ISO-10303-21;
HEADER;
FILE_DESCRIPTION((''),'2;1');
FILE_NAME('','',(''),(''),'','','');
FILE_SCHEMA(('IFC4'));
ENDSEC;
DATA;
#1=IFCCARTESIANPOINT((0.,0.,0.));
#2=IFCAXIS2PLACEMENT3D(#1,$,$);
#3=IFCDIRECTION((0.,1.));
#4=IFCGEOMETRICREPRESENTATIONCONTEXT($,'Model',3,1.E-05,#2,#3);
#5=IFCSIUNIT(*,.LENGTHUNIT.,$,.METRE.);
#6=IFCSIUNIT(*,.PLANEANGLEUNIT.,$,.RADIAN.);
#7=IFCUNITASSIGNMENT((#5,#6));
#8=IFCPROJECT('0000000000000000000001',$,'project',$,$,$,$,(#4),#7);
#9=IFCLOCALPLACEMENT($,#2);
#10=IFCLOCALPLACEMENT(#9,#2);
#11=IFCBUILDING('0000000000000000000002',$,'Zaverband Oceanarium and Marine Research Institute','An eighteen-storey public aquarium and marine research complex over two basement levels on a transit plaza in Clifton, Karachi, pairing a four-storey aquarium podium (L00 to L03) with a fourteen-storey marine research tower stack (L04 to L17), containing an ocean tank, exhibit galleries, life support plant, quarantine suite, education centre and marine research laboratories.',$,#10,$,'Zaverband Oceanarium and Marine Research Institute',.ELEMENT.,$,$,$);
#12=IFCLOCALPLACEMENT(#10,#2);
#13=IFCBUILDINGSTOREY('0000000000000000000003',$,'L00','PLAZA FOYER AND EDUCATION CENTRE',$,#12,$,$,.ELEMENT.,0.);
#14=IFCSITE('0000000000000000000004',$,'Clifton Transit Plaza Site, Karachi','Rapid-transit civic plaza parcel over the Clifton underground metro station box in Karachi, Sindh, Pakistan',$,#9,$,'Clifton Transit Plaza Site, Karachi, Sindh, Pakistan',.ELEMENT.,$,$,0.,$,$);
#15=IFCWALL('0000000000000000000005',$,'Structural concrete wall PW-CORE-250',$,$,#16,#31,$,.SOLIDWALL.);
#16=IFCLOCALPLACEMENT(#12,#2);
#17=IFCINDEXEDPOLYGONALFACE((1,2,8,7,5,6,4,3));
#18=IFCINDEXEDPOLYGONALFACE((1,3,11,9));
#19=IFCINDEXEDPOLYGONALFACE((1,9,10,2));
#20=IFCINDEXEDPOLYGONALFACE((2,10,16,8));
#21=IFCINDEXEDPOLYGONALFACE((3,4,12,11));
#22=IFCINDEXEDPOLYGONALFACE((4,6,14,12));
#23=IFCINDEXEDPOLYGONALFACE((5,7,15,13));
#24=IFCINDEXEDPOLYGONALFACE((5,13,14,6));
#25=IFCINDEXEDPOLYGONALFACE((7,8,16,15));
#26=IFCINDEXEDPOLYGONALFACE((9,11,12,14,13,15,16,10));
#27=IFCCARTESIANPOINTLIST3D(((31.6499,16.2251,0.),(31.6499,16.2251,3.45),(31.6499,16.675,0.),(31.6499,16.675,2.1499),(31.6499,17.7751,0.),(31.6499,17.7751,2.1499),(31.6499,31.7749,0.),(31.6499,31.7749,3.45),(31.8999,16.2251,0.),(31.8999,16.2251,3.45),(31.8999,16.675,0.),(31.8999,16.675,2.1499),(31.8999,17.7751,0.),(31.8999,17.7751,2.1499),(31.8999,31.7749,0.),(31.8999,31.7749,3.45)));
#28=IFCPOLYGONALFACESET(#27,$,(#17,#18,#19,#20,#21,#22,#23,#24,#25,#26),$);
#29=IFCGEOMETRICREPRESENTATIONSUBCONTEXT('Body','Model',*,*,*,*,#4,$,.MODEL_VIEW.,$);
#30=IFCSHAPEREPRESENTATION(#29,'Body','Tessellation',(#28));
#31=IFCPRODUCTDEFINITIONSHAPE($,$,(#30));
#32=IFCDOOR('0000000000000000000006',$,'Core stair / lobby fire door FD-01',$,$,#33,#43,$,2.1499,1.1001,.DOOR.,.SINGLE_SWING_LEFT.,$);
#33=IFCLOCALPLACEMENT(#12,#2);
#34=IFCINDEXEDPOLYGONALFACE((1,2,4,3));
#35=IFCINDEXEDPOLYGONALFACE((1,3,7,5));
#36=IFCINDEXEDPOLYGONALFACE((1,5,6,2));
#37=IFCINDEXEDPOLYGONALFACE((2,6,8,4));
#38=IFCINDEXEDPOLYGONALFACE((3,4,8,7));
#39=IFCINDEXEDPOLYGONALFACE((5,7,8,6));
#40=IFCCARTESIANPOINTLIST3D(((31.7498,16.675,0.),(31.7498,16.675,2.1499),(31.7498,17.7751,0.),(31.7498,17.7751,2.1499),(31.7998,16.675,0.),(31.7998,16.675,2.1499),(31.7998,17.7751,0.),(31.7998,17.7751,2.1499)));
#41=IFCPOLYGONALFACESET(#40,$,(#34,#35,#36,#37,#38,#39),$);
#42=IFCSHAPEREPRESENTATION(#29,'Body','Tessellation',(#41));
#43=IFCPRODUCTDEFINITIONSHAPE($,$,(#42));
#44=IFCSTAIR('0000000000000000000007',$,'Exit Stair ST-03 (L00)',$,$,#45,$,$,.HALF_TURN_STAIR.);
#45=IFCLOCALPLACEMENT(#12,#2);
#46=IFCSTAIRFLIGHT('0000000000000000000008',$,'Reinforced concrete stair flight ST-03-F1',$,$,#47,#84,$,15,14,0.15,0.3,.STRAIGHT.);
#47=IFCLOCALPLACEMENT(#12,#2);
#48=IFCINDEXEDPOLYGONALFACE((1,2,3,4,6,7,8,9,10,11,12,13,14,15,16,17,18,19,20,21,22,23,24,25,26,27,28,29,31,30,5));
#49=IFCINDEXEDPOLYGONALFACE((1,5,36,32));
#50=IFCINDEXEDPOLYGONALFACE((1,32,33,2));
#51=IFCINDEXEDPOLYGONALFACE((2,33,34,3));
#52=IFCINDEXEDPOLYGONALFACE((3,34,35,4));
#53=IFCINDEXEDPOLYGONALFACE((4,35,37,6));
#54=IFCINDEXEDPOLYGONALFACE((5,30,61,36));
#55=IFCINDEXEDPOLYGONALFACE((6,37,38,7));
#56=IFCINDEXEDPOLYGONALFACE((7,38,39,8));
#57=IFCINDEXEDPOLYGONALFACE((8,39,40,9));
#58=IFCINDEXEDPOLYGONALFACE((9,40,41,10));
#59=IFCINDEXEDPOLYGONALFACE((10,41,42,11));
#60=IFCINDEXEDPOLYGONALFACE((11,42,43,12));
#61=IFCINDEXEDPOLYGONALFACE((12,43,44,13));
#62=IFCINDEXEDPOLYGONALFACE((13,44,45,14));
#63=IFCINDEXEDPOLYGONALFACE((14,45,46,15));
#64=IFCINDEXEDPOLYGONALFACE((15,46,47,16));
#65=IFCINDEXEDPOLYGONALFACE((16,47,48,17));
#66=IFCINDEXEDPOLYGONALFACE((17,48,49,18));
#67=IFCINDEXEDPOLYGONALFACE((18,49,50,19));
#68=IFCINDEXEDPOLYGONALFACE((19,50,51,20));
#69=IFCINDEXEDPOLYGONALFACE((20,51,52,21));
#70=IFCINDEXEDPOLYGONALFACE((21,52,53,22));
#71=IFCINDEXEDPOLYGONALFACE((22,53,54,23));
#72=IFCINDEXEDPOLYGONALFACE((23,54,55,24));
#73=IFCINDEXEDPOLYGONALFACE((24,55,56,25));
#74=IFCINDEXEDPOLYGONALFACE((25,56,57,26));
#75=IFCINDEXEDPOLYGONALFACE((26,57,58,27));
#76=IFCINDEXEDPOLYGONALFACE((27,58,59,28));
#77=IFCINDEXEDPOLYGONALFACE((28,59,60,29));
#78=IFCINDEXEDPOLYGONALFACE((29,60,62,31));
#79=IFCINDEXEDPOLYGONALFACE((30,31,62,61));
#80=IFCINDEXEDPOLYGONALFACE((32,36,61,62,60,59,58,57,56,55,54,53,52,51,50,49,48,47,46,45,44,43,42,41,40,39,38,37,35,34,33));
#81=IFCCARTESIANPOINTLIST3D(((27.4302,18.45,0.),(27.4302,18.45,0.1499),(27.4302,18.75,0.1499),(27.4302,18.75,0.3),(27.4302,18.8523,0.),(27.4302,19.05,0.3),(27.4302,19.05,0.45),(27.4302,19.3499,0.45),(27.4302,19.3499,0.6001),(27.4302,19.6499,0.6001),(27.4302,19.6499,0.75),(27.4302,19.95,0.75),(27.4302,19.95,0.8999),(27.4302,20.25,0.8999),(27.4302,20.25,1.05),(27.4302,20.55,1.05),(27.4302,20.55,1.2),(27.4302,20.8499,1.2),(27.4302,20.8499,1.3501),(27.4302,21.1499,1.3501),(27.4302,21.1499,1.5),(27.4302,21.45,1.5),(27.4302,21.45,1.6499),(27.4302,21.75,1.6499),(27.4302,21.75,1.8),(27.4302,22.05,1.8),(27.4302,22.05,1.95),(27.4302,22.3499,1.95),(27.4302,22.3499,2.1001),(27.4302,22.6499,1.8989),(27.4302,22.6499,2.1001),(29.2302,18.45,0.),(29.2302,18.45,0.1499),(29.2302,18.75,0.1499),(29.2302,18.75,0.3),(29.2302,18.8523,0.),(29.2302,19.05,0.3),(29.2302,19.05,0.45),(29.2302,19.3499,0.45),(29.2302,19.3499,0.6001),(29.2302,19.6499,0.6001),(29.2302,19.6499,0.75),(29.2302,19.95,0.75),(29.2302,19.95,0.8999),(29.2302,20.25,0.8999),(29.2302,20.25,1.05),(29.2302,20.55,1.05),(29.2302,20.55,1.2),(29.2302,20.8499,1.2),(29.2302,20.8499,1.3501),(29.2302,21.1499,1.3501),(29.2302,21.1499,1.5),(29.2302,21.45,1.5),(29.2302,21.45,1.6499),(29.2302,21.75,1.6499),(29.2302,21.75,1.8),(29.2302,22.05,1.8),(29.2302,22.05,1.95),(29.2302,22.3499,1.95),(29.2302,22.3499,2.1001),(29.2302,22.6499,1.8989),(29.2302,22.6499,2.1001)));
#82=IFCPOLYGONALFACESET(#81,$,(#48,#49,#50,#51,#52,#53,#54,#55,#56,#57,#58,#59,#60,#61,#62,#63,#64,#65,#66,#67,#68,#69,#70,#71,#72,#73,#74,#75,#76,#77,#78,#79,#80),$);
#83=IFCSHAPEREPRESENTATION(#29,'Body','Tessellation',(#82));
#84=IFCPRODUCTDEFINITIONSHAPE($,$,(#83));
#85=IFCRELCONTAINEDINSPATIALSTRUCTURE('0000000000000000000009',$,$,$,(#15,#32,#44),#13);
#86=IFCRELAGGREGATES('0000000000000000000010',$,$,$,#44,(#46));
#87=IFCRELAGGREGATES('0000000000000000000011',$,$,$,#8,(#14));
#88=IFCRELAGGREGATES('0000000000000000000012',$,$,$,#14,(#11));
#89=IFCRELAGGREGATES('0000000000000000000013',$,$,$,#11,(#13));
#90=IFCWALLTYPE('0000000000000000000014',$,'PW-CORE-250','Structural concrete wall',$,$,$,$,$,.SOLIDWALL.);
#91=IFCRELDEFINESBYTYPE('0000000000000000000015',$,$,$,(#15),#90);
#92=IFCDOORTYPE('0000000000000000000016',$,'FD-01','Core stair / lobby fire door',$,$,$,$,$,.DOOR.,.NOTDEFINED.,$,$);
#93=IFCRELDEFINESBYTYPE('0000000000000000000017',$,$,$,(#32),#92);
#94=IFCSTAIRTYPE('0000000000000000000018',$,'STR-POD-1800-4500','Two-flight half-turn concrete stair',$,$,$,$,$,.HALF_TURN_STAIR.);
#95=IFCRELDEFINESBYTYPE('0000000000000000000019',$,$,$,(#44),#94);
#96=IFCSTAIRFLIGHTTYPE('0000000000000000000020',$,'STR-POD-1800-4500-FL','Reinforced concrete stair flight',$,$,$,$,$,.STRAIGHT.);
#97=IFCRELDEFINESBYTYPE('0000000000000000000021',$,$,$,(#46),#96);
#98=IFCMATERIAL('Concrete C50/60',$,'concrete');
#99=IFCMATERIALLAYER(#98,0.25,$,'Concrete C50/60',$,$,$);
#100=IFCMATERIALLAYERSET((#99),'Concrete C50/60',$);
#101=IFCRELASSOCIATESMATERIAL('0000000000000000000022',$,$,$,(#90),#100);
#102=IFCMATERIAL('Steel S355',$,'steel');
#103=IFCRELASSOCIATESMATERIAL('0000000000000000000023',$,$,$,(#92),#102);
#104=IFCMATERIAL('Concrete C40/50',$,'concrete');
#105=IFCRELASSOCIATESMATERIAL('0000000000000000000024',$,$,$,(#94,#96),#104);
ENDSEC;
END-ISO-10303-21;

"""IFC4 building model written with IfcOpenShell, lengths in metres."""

from ifc_helpers import new_model, si_unit, direction, frame, frame_2d, origin, place, context, subcontext, project, spatial, polyline, rectangle, outline, extrude, material, layer, layer_set, type_object, element, fill, aggregate, save


model = new_model("IFC4")

# Units and contexts
model_context = context("Model", 3, precision=1e-05, world=origin(), true_north=direction((0.0, 1.0)))
body_context = subcontext(model_context, "Body", "Model", "MODEL_VIEW")
ifc_project = project(units=[si_unit("LENGTHUNIT", "METRE"), si_unit("PLANEANGLEUNIT", "RADIAN")], contexts=[model_context])

# Site, building, storey
site_placement = place(None, origin())
site = spatial("IfcSite", under=ifc_project, at=site_placement, Name="Clifton Transit Plaza Site, Karachi", Description="Rapid-transit civic plaza parcel over the Clifton underground metro station box in Karachi, Sindh, Pakistan", LongName="Clifton Transit Plaza Site, Karachi, Sindh, Pakistan", CompositionType="ELEMENT", RefElevation=0.0)
building_placement = place(site_placement, origin())
building = spatial("IfcBuilding", under=site, at=building_placement, Name="Zaverband Oceanarium and Marine Research Institute", Description="An eighteen-storey public aquarium and marine research complex over two basement levels on a transit plaza in Clifton, Karachi, pairing a four-storey aquarium podium (L00 to L03) with a fourteen-storey marine research tower stack (L04 to L17), containing an ocean tank, exhibit galleries, life support plant, quarantine suite, education centre and marine research laboratories.", LongName="Zaverband Oceanarium and Marine Research Institute", CompositionType="ELEMENT")
storey_placement = place(building_placement, origin())
storey = spatial("IfcBuildingStorey", under=building, at=storey_placement, Name="L00", Description="PLAZA FOYER AND EDUCATION CENTRE", CompositionType="ELEMENT", Elevation=0.0)

# Shared definitions
ifc_material_1 = material(Name="Concrete C50/60", Category="concrete")

# Shared definitions
ifc_material_2 = material(Name="Concrete C40/50", Category="concrete")

# Shared definitions
ifc_material_3 = material(Name="Steel S355", Category="steel")

# Wall, opening, door
ifc_layer_1 = layer(ifc_material_1, 0.25, Name="Concrete C50/60")
ifc_layer_set_1 = layer_set([ifc_layer_1], Name="Concrete C50/60")
wall_type_1 = type_object("IfcWallType", Name="PW-CORE-250", Description="Structural concrete wall", PredefinedType="SOLIDWALL", material=ifc_layer_set_1)
wall_1_placement = place(storey_placement, frame((31.7749, 16.2251, 0.0), z_axis=(0.0, 0.0, 1.0), x_axis=(0.0, 1.0, 0.0)))
wall_1 = element("IfcWall", 1, at=wall_1_placement, inside=storey, type_object=wall_type_1, Name="Structural concrete wall PW-CORE-250", PredefinedType="SOLIDWALL", context=body_context, shape_type="SweptSolid", body=[
    extrude(rectangle(XDim=15.5498, YDim=0.25, at=frame_2d((7.7749, 0.0))), origin(), (0.0, 0.0, 1.0), 3.45),
])
opening_1_placement = place(wall_1_placement, frame((0.45, 0.0, 0.0)))
opening_1 = element("IfcOpeningElement", 2, at=opening_1_placement, cuts=wall_1, PredefinedType="OPENING", context=body_context, shape_type="SweptSolid", body=[
    extrude(rectangle(XDim=1.1001, YDim=2.1499, at=frame_2d((0.55, 1.075))), frame((0.0, 0.137, 0.0), z_axis=(0.0, -1.0, 0.0), x_axis=(1.0, 0.0, 0.0)), (0.0, 0.0, 1.0), 0.2739),
])
door_type_1 = type_object("IfcDoorType", Name="FD-01", Description="Core stair / lobby fire door", OperationType="NOTDEFINED", PredefinedType="DOOR", material=ifc_material_3)
door_1_placement = place(opening_1_placement, frame((1.1001, 0.0, 0.0), z_axis=(0.0, 0.0, 1.0), x_axis=(-1.0, 0.0, 0.0)))
door_1 = element("IfcDoor", 3, at=door_1_placement, inside=storey, type_object=door_type_1, Name="Core stair / lobby fire door FD-01", OperationType="SINGLE_SWING_LEFT", OverallHeight=2.1499, OverallWidth=1.1001, PredefinedType="DOOR", context=body_context, shape_type="SweptSolid", body=[
    extrude(rectangle(XDim=1.1001, YDim=2.1499, at=frame_2d((0.55, 1.075))), frame((0.0, 0.0249, 0.0), z_axis=(0.0, -1.0, 0.0), x_axis=(1.0, 0.0, 0.0)), (0.0, 0.0, 1.0), 0.05),
])
fill(opening_1, door_1)

# Stair, stair flight
stair_type = type_object("IfcStairType", Name="STR-POD-1800-4500", Description="Two-flight half-turn concrete stair", PredefinedType="HALF_TURN_STAIR", material=ifc_material_2)
stair_placement = place(storey_placement, origin())
stair = element("IfcStair", 4, at=stair_placement, inside=storey, type_object=stair_type, Name="Exit Stair ST-03 (L00)", PredefinedType="HALF_TURN_STAIR")
stair_flight_type = type_object("IfcStairFlightType", Name="STR-POD-1800-4500-FL", Description="Reinforced concrete stair flight", PredefinedType="STRAIGHT", material=ifc_material_2)
stair_flight_placement = place(storey_placement, frame((28.3301, 18.45, 0.0), z_axis=(0.0, 0.0, 1.0), x_axis=(0.0, 1.0, 0.0)))
stair_flight = element("IfcStairFlight", 5, at=stair_flight_placement, type_object=stair_flight_type, Name="Reinforced concrete stair flight ST-03-F1", NumberOfRisers=15, NumberOfTreads=14, PredefinedType="STRAIGHT", RiserHeight=0.15, TreadLength=0.3, context=body_context, shape_type="SweptSolid", body=[
    extrude(outline(polyline([(0.0, 0.0), (0.0, 0.1499), (0.3, 0.1499), (0.3, 0.3), (0.6001, 0.3), (0.6001, 0.45), (0.8999, 0.45), (0.8999, 0.6001), (1.2, 0.6001), (1.2, 0.75), (1.5, 0.75), (1.5, 0.8999), (1.8, 0.8999), (1.8, 1.05), (2.1001, 1.05), (2.1001, 1.2), (2.3999, 1.2), (2.3999, 1.3501), (2.7, 1.3501), (2.7, 1.5), (3.0, 1.5), (3.0, 1.6499), (3.3, 1.6499), (3.3, 1.8), (3.6001, 1.8), (3.6001, 1.95), (3.8999, 1.95), (3.8999, 2.1001), (4.2, 2.1001), (4.2, 2.25), (4.2, 1.8989), (0.4023, 0.0), (0.0, 0.0)])), frame((0.0, 0.8999, 0.0), z_axis=(0.0, -1.0, 0.0), x_axis=(1.0, 0.0, 0.0)), (0.0, 0.0, 1.0), 1.8),
])
aggregate(stair, [stair_flight])

save(model, "model.ifc")
